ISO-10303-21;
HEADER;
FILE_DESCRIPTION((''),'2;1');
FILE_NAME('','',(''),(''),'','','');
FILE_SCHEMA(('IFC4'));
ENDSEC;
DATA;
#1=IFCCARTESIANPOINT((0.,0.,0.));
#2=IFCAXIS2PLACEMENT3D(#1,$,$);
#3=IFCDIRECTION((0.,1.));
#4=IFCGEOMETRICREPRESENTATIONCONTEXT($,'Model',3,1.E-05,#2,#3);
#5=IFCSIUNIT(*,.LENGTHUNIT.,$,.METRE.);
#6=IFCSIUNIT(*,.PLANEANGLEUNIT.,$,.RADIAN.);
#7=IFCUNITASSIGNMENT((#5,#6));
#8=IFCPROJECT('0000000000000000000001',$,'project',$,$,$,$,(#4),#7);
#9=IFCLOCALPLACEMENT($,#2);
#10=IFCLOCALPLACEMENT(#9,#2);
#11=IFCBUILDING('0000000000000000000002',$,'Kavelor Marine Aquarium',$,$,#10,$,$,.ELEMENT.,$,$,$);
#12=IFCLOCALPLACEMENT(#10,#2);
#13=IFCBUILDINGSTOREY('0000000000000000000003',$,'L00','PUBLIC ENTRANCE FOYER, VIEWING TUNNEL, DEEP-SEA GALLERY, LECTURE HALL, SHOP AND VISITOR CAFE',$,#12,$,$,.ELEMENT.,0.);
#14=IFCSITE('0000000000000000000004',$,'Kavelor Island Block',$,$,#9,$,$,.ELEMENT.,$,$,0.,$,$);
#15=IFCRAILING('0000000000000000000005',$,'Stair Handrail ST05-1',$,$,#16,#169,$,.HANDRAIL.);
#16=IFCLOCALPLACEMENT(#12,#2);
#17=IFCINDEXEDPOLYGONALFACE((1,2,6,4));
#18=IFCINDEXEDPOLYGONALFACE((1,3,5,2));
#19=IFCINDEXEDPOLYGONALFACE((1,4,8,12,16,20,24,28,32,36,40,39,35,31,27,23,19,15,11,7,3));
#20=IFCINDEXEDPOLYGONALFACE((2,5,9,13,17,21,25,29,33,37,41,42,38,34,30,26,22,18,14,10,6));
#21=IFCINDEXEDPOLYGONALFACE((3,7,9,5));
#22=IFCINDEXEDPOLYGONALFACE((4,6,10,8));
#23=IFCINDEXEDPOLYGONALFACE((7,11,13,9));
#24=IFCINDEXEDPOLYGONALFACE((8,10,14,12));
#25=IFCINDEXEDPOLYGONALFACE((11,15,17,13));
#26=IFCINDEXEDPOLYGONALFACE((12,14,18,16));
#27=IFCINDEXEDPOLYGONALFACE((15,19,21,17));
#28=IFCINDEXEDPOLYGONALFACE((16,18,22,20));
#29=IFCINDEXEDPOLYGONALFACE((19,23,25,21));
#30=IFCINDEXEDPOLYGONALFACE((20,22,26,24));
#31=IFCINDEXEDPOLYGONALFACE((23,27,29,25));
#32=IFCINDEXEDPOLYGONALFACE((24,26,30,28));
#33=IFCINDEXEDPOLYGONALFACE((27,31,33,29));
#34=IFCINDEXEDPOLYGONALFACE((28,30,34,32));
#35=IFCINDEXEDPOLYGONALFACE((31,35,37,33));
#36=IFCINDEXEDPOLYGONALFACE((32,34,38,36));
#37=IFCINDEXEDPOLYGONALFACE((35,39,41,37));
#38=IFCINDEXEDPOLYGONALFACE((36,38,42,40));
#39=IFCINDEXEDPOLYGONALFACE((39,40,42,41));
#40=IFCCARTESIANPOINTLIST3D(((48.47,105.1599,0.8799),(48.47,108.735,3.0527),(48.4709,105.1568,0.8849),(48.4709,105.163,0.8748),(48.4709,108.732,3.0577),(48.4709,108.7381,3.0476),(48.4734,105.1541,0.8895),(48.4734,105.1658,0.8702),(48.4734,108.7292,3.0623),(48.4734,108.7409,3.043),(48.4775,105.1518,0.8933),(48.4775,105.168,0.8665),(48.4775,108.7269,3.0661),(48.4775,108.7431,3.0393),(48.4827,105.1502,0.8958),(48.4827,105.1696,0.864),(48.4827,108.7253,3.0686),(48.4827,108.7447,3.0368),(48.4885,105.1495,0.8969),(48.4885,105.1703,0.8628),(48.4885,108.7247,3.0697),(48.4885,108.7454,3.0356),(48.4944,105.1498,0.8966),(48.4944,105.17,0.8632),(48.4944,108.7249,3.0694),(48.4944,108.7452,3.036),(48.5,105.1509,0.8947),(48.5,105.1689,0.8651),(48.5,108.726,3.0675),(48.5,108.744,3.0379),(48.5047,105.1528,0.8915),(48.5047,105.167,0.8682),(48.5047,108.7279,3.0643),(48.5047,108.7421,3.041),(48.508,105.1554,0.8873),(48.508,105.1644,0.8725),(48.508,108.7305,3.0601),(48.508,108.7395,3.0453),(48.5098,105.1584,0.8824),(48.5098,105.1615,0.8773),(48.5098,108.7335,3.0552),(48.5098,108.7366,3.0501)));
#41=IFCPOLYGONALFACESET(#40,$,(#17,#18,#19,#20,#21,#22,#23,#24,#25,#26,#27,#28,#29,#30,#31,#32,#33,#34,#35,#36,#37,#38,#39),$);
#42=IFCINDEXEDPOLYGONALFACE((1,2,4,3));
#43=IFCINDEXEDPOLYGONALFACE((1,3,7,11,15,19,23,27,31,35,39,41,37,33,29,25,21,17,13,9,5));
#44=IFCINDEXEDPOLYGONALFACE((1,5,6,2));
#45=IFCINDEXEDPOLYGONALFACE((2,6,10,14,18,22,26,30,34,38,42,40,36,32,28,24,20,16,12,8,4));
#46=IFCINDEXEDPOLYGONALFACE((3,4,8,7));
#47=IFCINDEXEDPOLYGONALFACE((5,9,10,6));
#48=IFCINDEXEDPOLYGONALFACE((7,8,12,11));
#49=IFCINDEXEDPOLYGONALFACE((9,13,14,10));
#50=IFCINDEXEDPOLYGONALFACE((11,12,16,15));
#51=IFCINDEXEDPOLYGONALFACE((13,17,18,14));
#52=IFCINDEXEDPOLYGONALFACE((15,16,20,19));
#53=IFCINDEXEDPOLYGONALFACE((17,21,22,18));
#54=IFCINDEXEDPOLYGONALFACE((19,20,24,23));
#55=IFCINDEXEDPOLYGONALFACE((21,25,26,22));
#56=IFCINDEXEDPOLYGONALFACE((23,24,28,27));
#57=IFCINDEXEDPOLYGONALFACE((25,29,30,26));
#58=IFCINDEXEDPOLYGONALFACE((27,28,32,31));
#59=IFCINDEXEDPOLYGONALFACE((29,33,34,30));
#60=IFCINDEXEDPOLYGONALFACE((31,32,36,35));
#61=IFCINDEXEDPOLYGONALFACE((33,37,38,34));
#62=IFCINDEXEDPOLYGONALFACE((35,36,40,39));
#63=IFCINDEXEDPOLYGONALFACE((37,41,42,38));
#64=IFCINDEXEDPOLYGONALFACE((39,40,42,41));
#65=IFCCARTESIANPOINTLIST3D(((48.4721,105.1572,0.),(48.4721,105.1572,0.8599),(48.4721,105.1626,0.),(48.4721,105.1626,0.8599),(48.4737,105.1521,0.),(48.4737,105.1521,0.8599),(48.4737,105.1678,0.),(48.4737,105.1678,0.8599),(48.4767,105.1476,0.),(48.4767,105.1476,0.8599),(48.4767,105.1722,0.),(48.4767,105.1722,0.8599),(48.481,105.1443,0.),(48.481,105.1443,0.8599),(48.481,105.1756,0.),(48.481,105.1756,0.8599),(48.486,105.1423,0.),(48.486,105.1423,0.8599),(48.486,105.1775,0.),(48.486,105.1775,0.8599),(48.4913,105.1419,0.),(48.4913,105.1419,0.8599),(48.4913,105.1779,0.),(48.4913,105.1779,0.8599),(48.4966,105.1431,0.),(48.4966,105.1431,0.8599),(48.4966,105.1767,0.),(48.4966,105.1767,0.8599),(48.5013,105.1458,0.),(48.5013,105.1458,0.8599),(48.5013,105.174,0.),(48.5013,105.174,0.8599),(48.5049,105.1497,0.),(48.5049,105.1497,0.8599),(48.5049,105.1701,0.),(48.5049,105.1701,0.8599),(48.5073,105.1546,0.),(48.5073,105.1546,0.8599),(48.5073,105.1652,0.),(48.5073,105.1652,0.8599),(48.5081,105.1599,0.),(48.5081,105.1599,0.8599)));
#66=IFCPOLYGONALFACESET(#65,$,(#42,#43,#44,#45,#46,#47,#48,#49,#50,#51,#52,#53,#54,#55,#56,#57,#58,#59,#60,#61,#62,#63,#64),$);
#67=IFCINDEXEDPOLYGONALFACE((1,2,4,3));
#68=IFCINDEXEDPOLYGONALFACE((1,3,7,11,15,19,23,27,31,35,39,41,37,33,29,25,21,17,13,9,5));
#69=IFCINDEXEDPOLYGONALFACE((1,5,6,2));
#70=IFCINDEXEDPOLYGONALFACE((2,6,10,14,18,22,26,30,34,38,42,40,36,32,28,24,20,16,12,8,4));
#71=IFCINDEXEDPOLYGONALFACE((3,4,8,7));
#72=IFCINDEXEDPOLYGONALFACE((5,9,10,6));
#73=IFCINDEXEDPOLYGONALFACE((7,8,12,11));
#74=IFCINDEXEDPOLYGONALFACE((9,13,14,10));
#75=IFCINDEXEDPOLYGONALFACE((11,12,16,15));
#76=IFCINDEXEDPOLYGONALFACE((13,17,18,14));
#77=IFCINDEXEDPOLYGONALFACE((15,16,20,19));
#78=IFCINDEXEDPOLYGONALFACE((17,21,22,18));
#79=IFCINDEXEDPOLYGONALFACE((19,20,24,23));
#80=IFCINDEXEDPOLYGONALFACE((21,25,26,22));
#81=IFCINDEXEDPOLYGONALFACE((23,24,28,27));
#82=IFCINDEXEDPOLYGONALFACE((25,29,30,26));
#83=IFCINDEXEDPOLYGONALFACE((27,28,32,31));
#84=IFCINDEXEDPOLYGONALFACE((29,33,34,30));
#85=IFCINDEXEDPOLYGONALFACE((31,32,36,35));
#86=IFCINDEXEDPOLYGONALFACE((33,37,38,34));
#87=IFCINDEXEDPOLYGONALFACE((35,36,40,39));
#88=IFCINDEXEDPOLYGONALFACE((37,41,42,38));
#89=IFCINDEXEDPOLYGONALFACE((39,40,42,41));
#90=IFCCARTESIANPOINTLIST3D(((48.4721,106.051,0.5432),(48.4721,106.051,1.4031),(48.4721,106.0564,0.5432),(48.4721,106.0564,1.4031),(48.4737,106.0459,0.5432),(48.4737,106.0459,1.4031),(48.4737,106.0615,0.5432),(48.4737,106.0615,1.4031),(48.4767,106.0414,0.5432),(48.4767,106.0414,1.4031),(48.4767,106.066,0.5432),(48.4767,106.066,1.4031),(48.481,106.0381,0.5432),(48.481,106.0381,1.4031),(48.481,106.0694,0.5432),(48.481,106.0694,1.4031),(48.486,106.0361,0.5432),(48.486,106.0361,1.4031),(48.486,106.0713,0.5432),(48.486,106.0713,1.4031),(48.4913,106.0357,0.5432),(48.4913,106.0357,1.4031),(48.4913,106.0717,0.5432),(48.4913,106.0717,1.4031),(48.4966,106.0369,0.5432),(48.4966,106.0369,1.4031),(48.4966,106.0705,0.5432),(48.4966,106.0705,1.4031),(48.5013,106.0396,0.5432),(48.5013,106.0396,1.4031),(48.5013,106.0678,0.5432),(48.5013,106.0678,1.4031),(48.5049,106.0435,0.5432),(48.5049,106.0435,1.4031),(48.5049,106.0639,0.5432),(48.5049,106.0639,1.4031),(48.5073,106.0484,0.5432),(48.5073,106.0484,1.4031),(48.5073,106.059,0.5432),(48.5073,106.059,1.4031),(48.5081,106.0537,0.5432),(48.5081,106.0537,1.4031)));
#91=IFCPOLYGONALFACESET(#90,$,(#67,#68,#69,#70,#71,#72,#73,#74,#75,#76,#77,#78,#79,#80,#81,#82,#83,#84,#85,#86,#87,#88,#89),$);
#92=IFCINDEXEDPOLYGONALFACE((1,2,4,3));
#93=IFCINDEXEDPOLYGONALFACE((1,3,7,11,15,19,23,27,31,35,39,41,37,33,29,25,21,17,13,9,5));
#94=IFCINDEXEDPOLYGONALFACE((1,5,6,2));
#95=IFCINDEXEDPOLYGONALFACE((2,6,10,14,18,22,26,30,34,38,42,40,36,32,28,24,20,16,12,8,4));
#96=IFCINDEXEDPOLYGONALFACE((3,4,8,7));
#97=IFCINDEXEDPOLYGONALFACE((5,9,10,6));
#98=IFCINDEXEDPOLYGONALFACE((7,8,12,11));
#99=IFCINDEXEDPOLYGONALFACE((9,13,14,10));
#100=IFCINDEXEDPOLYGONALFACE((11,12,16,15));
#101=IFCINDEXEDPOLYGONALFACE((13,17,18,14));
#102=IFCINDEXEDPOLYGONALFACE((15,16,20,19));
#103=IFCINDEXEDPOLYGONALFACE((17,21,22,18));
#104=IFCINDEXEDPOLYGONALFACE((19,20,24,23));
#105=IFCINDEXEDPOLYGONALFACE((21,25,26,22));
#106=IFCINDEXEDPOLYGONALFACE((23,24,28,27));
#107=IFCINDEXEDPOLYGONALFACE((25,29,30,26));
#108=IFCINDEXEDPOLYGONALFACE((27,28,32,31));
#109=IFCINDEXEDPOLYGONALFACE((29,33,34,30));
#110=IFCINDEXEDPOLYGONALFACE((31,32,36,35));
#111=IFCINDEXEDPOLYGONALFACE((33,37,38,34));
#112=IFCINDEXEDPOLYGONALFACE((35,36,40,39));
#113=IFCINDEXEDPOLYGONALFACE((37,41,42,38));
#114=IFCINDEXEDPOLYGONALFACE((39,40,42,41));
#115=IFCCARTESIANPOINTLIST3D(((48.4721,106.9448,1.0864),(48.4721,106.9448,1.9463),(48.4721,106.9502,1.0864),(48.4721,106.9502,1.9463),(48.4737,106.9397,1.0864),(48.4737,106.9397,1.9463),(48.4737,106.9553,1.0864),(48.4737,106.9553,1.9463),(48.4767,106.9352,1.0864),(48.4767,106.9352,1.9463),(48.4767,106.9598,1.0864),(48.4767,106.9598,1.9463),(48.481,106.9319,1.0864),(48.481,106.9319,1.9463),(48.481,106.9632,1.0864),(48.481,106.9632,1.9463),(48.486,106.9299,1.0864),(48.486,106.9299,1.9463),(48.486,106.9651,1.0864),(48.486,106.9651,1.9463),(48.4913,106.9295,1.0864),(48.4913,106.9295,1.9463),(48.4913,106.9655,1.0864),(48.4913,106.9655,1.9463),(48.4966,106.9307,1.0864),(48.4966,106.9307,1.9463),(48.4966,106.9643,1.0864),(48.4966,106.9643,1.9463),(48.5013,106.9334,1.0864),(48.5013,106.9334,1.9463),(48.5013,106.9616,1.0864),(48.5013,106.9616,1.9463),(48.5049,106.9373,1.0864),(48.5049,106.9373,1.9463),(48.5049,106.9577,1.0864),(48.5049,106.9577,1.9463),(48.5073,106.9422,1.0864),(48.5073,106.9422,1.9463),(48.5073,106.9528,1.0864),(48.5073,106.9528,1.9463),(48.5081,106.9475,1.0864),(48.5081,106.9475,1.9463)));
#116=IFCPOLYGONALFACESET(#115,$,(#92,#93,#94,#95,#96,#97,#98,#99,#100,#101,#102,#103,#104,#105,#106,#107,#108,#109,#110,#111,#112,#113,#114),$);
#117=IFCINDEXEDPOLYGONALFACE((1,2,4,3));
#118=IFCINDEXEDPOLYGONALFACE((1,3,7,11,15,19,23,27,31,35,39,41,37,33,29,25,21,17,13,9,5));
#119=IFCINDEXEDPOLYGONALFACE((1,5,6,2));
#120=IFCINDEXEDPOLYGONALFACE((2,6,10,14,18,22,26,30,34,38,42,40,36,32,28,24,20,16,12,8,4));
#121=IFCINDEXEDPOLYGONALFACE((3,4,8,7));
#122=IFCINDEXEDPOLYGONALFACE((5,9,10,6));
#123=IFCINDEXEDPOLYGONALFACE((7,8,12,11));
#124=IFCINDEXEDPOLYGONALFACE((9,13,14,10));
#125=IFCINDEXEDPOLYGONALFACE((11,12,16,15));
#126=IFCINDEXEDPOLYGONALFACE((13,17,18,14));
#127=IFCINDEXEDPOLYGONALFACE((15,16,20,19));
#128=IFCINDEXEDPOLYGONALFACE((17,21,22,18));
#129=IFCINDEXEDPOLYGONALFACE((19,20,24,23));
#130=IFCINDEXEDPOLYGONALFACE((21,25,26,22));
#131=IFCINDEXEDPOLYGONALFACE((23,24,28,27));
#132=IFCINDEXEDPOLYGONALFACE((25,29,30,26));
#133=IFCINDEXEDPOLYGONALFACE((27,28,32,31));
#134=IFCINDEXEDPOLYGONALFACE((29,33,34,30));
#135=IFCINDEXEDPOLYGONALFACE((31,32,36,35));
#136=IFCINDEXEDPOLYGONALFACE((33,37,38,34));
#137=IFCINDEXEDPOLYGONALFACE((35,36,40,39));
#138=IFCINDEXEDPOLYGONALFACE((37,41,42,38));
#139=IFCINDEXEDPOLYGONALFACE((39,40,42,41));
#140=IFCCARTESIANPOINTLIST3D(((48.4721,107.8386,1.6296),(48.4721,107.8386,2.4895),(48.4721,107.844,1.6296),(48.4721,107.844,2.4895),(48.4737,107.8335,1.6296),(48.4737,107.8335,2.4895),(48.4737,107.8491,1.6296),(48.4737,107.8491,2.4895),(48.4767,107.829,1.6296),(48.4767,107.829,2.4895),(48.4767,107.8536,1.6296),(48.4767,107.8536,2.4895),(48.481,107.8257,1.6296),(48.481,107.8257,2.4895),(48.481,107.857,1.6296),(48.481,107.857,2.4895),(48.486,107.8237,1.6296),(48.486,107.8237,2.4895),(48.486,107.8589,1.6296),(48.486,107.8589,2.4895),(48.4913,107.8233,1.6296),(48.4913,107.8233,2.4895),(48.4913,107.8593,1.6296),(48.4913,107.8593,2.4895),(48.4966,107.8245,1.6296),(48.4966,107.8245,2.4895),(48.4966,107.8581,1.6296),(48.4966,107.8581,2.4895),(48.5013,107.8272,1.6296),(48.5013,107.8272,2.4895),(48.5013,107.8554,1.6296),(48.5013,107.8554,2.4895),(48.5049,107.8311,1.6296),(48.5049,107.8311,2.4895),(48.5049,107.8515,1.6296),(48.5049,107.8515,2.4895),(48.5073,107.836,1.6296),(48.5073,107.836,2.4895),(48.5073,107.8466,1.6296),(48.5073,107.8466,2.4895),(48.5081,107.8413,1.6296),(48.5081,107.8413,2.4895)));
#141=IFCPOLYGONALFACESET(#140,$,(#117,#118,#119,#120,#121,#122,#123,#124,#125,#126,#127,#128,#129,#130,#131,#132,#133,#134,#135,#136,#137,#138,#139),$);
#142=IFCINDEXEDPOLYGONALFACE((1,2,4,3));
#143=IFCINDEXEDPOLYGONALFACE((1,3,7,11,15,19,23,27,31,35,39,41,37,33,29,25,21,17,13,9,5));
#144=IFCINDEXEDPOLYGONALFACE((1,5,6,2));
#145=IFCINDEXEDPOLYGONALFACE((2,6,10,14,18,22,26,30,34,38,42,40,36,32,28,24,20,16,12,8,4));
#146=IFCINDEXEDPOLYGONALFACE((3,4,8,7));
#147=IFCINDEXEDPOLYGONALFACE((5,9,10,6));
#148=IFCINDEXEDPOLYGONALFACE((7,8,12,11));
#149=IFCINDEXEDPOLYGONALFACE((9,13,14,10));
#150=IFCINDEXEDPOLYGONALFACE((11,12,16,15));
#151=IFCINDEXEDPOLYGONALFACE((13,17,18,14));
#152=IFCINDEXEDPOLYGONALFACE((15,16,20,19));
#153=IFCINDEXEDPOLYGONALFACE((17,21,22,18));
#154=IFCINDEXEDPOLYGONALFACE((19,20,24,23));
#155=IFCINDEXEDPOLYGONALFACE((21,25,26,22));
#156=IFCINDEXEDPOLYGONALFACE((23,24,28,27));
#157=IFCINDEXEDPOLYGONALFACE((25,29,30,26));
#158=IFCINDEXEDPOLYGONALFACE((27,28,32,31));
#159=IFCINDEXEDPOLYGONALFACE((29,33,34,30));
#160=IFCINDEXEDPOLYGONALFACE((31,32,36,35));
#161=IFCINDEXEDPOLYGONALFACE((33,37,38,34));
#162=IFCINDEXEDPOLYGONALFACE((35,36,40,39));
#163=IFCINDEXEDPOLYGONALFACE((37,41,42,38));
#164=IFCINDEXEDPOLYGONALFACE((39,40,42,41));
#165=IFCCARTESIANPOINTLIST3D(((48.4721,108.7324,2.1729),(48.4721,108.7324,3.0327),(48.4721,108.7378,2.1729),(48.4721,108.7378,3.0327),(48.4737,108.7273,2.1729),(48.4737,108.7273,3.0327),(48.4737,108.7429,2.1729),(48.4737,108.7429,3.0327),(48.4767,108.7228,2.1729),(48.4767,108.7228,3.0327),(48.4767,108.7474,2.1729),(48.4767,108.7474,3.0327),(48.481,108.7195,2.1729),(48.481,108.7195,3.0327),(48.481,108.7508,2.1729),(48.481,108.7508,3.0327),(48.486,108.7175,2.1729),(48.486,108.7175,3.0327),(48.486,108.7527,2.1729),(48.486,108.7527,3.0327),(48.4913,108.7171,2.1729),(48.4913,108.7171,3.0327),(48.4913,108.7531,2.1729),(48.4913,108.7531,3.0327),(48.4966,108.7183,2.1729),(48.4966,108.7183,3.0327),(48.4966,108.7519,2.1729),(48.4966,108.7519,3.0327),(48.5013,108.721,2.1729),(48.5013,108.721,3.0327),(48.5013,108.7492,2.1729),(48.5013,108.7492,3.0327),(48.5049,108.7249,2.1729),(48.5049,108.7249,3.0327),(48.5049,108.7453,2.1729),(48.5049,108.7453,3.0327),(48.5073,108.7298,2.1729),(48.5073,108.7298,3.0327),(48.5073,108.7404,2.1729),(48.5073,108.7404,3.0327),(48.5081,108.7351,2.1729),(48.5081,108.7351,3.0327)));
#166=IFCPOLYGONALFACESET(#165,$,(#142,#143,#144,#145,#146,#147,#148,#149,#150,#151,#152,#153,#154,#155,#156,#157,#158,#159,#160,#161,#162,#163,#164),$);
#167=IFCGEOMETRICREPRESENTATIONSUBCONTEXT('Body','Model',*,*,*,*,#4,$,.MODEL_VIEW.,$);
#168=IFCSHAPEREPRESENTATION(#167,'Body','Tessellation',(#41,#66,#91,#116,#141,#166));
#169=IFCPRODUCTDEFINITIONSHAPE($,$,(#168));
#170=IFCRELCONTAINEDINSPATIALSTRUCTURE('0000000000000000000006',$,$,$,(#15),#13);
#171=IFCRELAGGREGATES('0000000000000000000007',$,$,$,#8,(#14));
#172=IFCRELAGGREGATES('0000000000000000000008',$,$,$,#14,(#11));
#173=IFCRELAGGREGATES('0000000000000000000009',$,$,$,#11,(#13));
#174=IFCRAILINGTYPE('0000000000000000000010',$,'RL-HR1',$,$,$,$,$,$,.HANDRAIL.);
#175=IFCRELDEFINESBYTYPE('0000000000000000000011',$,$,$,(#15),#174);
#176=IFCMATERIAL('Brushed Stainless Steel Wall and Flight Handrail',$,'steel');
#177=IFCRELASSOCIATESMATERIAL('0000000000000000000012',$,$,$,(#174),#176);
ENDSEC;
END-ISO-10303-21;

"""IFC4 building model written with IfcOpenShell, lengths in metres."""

from ifc_helpers import new_model, si_unit, direction, frame, origin, origin_2d, place, context, subcontext, project, spatial, circle, extrude, material, type_object, element, save


model = new_model("IFC4")

# Units and contexts
model_context = context("Model", 3, precision=1e-05, world=origin(), true_north=direction((0.0, 1.0)))
body_context = subcontext(model_context, "Body", "Model", "MODEL_VIEW")
ifc_project = project(units=[si_unit("LENGTHUNIT", "METRE"), si_unit("PLANEANGLEUNIT", "RADIAN")], contexts=[model_context])

# Site, building, storey
site_placement = place(None, origin())
site = spatial("IfcSite", under=ifc_project, at=site_placement, Name="Kavelor Island Block", CompositionType="ELEMENT", RefElevation=0.0)
building_placement = place(site_placement, origin())
building = spatial("IfcBuilding", under=site, at=building_placement, Name="Kavelor Marine Aquarium", CompositionType="ELEMENT")
storey_placement = place(building_placement, origin())
storey = spatial("IfcBuildingStorey", under=building, at=storey_placement, Name="L00", Description="PUBLIC ENTRANCE FOYER, VIEWING TUNNEL, DEEP-SEA GALLERY, LECTURE HALL, SHOP AND VISITOR CAFE", CompositionType="ELEMENT", Elevation=0.0)

# Railing
ifc_material_1 = material(Name="Brushed Stainless Steel Wall and Flight Handrail", Category="steel")
railing_type_1 = type_object("IfcRailingType", Name="RL-HR1", PredefinedType="HANDRAIL", material=ifc_material_1)
railing_1_placement = place(storey_placement, frame((48.49, 105.1599, 0.0)))
element("IfcRailing", 1, at=railing_1_placement, inside=storey, type_object=railing_type_1, Name="Stair Handrail ST05-1", PredefinedType="HANDRAIL", context=body_context, shape_type="SweptSolid", body=[
    extrude(circle(Radius=0.02, at=origin_2d()), frame((0.0, 0.0, 0.8799), z_axis=(0.0, 0.854554, 0.519362), x_axis=(-1.0, 0.0, 0.0)), (0.0, 0.0, 1.0), 4.1836),
    extrude(circle(Radius=0.0181, at=origin_2d()), origin(), (0.0, 0.0, 1.0), 0.8599),
    extrude(circle(Radius=0.0181, at=origin_2d()), frame((0.0, 0.8938, 0.5432)), (0.0, 0.0, 1.0), 0.8599),
    extrude(circle(Radius=0.0181, at=origin_2d()), frame((0.0, 1.7876, 1.0864)), (0.0, 0.0, 1.0), 0.8599),
    extrude(circle(Radius=0.0181, at=origin_2d()), frame((0.0, 2.6814, 1.6296)), (0.0, 0.0, 1.0), 0.8599),
    extrude(circle(Radius=0.0181, at=origin_2d()), frame((0.0, 3.5752, 2.1729)), (0.0, 0.0, 1.0), 0.8599),
])

save(model, "model.ifc")
